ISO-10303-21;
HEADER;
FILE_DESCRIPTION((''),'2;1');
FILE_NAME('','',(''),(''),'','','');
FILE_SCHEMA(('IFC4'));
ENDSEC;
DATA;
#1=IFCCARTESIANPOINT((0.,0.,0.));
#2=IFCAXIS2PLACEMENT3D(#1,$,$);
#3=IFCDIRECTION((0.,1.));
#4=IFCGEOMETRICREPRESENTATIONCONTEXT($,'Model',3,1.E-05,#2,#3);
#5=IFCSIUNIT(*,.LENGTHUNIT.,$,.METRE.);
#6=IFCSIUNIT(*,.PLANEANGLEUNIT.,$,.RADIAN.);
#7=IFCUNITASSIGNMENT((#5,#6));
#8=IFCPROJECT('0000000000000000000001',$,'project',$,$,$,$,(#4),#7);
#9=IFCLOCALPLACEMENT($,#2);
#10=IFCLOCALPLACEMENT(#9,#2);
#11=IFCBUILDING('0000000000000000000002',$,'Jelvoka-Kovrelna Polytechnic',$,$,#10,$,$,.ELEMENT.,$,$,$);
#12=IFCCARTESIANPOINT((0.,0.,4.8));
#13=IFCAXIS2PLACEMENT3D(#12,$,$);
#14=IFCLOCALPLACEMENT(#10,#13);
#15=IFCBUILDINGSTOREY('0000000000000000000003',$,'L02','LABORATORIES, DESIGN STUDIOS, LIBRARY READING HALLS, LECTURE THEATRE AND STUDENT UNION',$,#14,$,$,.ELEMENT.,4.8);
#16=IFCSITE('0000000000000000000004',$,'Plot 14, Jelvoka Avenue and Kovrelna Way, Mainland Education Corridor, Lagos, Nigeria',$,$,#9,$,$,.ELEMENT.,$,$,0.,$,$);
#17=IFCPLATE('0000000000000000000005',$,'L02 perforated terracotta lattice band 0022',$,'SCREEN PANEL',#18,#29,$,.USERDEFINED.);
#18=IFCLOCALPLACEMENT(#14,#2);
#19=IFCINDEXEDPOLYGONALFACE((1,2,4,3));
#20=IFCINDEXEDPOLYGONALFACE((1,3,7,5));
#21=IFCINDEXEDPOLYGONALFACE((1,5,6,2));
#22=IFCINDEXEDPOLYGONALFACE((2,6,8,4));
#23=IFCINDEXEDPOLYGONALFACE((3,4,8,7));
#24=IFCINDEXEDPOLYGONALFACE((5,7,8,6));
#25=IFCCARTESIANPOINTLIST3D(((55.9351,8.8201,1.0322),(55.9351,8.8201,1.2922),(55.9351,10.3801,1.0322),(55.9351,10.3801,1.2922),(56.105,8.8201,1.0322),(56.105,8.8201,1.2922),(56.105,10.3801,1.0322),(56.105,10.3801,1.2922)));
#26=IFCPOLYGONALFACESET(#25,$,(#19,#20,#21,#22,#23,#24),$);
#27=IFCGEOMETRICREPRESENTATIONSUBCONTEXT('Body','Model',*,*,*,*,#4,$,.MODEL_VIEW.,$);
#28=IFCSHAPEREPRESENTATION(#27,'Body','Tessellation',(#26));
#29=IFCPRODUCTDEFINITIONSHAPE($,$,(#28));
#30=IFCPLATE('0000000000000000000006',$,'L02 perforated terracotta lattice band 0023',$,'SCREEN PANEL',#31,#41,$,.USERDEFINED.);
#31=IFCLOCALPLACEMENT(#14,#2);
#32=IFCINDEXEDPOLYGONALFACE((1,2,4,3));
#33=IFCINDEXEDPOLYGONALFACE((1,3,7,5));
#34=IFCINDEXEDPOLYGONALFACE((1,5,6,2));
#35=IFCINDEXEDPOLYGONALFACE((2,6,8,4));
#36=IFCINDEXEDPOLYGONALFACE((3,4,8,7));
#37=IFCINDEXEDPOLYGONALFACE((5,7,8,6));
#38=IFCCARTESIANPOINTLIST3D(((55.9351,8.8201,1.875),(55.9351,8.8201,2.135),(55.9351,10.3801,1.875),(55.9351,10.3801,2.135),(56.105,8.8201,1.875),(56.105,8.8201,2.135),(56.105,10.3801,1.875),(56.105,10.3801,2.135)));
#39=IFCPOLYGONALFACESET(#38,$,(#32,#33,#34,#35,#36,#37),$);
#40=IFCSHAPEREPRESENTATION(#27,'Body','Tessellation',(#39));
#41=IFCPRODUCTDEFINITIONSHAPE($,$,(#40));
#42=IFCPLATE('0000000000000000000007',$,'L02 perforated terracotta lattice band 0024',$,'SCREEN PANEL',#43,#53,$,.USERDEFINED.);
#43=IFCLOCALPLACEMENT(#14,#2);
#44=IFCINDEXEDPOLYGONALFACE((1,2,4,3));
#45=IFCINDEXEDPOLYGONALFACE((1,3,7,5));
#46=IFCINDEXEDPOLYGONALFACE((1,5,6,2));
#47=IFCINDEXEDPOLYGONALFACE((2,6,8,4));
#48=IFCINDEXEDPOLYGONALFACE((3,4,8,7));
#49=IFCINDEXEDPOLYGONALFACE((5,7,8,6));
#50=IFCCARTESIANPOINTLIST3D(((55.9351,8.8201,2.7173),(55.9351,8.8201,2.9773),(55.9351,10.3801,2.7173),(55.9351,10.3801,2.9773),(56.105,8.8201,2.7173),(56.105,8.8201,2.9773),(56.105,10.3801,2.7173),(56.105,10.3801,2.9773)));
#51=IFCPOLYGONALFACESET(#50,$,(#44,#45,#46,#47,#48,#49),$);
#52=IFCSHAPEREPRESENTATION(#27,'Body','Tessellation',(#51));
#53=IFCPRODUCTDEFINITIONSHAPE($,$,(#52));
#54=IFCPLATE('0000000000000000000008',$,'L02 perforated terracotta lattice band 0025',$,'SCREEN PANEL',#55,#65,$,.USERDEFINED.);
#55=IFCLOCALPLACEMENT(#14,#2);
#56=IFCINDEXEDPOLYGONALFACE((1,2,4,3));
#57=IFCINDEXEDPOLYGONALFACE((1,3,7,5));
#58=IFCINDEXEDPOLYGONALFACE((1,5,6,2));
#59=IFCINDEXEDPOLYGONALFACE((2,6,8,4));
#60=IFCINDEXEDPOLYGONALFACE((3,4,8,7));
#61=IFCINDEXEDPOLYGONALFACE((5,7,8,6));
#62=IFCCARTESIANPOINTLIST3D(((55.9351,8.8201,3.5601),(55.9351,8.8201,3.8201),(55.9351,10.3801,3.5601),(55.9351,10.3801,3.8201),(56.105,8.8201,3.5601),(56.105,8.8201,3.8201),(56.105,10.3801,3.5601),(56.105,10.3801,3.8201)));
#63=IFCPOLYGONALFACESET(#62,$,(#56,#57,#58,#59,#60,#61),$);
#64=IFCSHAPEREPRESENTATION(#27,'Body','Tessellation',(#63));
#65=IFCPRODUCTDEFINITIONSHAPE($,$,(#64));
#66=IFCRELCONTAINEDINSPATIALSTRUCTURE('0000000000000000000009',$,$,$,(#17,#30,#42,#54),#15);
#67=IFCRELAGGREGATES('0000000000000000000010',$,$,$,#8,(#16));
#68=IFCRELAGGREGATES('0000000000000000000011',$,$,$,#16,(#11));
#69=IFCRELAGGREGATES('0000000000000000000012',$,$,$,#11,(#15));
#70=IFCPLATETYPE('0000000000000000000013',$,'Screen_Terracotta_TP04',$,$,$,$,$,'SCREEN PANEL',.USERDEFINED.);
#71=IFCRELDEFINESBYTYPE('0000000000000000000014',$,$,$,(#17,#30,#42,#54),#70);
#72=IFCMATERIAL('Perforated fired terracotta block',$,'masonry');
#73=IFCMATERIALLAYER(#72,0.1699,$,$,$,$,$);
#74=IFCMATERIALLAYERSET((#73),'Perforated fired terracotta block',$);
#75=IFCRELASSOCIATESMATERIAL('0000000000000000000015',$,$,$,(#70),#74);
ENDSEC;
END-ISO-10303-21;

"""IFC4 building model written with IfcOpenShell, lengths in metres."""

from ifc_helpers import new_model, si_unit, direction, frame, origin, origin_2d, place, context, subcontext, project, spatial, rectangle, extrude, material, layer, layer_set, type_object, element, save


model = new_model("IFC4")

# Units and contexts
model_context = context("Model", 3, precision=1e-05, world=origin(), true_north=direction((0.0, 1.0)))
body_context = subcontext(model_context, "Body", "Model", "MODEL_VIEW")
ifc_project = project(units=[si_unit("LENGTHUNIT", "METRE"), si_unit("PLANEANGLEUNIT", "RADIAN")], contexts=[model_context])

# Site, building, storey
site_placement = place(None, origin())
site = spatial("IfcSite", under=ifc_project, at=site_placement, Name="Plot 14, Jelvoka Avenue and Kovrelna Way, Mainland Education Corridor, Lagos, Nigeria", CompositionType="ELEMENT", RefElevation=0.0)
building_placement = place(site_placement, origin())
building = spatial("IfcBuilding", under=site, at=building_placement, Name="Jelvoka-Kovrelna Polytechnic", CompositionType="ELEMENT")
storey_placement = place(building_placement, frame((0.0, 0.0, 4.8)))
storey = spatial("IfcBuildingStorey", under=building, at=storey_placement, Name="L02", Description="LABORATORIES, DESIGN STUDIOS, LIBRARY READING HALLS, LECTURE THEATRE AND STUDENT UNION", CompositionType="ELEMENT", Elevation=4.8)

# Plates
ifc_material_1 = material(Name="Perforated fired terracotta block", Category="masonry")
ifc_layer_1 = layer(ifc_material_1, 0.1699)
ifc_layer_set_1 = layer_set([ifc_layer_1], Name="Perforated fired terracotta block")
plate_type_1 = type_object("IfcPlateType", Name="Screen_Terracotta_TP04", ElementType="SCREEN PANEL", PredefinedType="USERDEFINED", material=ifc_layer_set_1)
for number, where, z_axis, x_axis, name in (
    (1, (56.02, 9.6001, 1.0322), (0.0, 0.0, 1.0), (0.0, 1.0, 0.0), "L02 perforated terracotta lattice band 0022"),
    (2, (56.02, 9.6001, 1.875), (0.0, 0.0, 1.0), (0.0, 1.0, 0.0), "L02 perforated terracotta lattice band 0023"),
    (3, (56.02, 9.6001, 2.7173), (0.0, 0.0, 1.0), (0.0, 1.0, 0.0), "L02 perforated terracotta lattice band 0024"),
    (4, (56.02, 9.6001, 3.5601), (0.0, 0.0, 1.0), (0.0, 1.0, 0.0), "L02 perforated terracotta lattice band 0025"),
):
    element("IfcPlate", number, at=place(storey_placement, frame(where, z_axis=z_axis, x_axis=x_axis)), inside=storey, type_object=plate_type_1, Name=name, ObjectType="SCREEN PANEL", PredefinedType="USERDEFINED", context=body_context, shape_type="SweptSolid", body=[
        extrude(rectangle(XDim=1.5601, YDim=0.1699, at=origin_2d()), origin(), (0.0, 0.0, 1.0), 0.26),
    ])

save(model, "model.ifc")
